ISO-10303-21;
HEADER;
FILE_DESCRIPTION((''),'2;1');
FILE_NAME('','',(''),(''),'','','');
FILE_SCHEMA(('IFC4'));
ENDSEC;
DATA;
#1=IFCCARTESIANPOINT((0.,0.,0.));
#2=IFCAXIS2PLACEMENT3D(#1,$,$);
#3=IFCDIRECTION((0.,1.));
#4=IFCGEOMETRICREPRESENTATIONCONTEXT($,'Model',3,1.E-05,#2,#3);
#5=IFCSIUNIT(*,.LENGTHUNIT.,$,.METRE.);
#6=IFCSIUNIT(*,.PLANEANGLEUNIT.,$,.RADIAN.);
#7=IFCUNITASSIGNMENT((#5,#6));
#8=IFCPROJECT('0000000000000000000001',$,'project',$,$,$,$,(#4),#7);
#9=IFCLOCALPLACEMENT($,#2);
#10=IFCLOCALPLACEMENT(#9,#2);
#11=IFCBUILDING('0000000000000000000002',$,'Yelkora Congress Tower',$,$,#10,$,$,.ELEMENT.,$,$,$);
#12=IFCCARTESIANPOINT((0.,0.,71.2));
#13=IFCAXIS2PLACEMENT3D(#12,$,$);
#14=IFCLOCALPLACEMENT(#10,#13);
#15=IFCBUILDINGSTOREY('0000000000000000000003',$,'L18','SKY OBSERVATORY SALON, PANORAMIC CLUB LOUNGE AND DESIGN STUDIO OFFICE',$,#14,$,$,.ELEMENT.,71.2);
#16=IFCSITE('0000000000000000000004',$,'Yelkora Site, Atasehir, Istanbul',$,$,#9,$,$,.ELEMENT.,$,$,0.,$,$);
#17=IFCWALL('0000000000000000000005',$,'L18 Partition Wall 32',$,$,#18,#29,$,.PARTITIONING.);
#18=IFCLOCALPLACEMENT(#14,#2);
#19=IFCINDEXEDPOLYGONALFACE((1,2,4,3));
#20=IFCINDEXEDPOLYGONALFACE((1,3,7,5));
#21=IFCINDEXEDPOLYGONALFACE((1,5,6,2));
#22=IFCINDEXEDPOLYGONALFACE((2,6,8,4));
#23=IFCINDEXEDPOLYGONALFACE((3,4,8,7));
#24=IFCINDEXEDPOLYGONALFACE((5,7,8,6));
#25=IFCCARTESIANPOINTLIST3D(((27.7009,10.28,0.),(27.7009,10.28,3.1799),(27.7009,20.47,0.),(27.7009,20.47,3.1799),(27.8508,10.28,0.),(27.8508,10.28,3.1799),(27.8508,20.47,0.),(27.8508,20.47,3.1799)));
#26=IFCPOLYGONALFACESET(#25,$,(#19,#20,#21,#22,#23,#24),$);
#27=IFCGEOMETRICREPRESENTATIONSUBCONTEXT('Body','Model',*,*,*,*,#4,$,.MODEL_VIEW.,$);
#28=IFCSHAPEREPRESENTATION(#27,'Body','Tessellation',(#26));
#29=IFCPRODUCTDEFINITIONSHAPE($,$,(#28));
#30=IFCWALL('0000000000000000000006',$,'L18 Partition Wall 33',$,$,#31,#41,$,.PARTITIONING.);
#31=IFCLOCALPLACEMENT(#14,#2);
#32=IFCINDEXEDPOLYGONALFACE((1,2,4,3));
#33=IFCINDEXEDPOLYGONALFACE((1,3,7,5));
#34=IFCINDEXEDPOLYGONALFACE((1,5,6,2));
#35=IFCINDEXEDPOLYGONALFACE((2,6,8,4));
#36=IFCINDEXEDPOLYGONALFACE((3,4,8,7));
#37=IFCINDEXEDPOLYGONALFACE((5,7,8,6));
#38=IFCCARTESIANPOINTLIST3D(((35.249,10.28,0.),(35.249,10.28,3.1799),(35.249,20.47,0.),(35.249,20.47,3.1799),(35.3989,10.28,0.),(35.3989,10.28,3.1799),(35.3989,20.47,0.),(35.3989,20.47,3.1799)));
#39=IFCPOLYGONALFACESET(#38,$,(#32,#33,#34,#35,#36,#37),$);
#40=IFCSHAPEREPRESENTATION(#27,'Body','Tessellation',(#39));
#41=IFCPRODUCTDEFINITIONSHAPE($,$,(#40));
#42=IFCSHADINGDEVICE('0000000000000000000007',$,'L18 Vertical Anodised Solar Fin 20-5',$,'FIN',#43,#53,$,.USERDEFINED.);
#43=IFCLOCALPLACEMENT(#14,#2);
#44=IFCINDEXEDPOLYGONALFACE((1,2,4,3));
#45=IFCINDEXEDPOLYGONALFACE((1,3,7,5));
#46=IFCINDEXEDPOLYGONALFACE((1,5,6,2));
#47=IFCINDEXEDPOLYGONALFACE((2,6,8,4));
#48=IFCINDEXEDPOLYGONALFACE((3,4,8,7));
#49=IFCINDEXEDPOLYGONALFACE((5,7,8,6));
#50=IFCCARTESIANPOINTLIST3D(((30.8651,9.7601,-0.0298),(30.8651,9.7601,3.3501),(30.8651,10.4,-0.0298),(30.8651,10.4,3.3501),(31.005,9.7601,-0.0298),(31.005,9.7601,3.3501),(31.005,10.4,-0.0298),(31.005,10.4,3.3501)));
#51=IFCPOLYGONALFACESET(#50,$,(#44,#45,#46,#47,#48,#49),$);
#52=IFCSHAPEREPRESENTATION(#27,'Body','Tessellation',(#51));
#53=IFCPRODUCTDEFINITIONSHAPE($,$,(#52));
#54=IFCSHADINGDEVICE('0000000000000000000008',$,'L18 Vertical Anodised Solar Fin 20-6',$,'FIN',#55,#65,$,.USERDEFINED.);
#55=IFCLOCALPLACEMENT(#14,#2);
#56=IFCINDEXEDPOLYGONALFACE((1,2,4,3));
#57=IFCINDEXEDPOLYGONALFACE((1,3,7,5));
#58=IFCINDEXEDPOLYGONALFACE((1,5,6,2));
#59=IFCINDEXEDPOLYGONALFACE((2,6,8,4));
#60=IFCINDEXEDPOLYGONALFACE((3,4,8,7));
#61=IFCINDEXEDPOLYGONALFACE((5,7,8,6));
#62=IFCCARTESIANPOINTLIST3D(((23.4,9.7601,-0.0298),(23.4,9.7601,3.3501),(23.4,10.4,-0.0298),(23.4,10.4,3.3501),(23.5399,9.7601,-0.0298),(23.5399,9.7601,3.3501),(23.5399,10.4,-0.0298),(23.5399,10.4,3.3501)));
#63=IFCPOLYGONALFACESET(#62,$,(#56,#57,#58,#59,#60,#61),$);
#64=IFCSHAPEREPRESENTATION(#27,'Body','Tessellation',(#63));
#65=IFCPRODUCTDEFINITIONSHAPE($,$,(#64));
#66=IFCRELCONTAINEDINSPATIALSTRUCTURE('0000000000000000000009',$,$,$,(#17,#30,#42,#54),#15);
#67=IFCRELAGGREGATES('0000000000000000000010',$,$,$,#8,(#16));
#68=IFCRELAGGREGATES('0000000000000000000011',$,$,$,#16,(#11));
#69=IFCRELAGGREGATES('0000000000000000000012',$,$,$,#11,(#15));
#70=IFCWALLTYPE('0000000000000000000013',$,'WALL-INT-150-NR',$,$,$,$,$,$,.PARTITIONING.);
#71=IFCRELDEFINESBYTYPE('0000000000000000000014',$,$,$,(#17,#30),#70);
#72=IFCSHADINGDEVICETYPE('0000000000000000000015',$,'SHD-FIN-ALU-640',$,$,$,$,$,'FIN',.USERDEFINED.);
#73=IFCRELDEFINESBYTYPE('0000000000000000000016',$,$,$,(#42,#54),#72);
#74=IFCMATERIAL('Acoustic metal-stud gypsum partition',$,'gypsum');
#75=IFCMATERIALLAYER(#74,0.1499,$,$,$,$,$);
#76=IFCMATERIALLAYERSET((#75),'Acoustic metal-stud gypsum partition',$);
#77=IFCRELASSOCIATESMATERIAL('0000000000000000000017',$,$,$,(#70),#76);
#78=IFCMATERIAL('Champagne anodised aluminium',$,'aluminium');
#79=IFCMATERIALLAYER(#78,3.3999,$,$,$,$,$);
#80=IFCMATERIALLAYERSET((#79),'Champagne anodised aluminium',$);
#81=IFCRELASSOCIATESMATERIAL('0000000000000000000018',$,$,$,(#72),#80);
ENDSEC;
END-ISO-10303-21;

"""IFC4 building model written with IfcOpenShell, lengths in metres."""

from ifc_helpers import new_model, si_unit, direction, frame, frame_2d, origin, origin_2d, place, context, subcontext, project, spatial, rectangle, extrude, material, layer, layer_set, type_object, element, save


model = new_model("IFC4")

# Units and contexts
model_context = context("Model", 3, precision=1e-05, world=origin(), true_north=direction((0.0, 1.0)))
body_context = subcontext(model_context, "Body", "Model", "MODEL_VIEW")
ifc_project = project(units=[si_unit("LENGTHUNIT", "METRE"), si_unit("PLANEANGLEUNIT", "RADIAN")], contexts=[model_context])

# Site, building, storey
site_placement = place(None, origin())
site = spatial("IfcSite", under=ifc_project, at=site_placement, Name="Yelkora Site, Atasehir, Istanbul", CompositionType="ELEMENT", RefElevation=0.0)
building_placement = place(site_placement, origin())
building = spatial("IfcBuilding", under=site, at=building_placement, Name="Yelkora Congress Tower", CompositionType="ELEMENT")
storey_placement = place(building_placement, frame((0.0, 0.0, 71.2)))
storey = spatial("IfcBuildingStorey", under=building, at=storey_placement, Name="L18", Description="SKY OBSERVATORY SALON, PANORAMIC CLUB LOUNGE AND DESIGN STUDIO OFFICE", CompositionType="ELEMENT", Elevation=71.2)

# Walls
ifc_material_1 = material(Name="Acoustic metal-stud gypsum partition", Category="gypsum")
ifc_layer_1 = layer(ifc_material_1, 0.1499)
ifc_layer_set_1 = layer_set([ifc_layer_1], Name="Acoustic metal-stud gypsum partition")
wall_type = type_object("IfcWallType", Name="WALL-INT-150-NR", PredefinedType="PARTITIONING", material=ifc_layer_set_1)
for number, where, z_axis, x_axis, name in (
    (1, (27.7759, 10.28, 0.0), (0.0, 0.0, 1.0), (0.0, 1.0, 0.0), "L18 Partition Wall 32"),
    (2, (35.324, 10.28, 0.0), (0.0, 0.0, 1.0), (0.0, 1.0, 0.0), "L18 Partition Wall 33"),
):
    element("IfcWall", number, at=place(storey_placement, frame(where, z_axis=z_axis, x_axis=x_axis)), inside=storey, type_object=wall_type, Name=name, PredefinedType="PARTITIONING", context=body_context, shape_type="SweptSolid", body=[
        extrude(rectangle(XDim=10.1899, YDim=0.1499, at=frame_2d((5.095, 0.0))), origin(), (0.0, 0.0, 1.0), 3.1799),
    ])

# Shading devices
ifc_material_2 = material(Name="Champagne anodised aluminium", Category="aluminium")
ifc_layer_2 = layer(ifc_material_2, 3.3999)
ifc_layer_set_2 = layer_set([ifc_layer_2], Name="Champagne anodised aluminium")
shading_device_type = type_object("IfcShadingDeviceType", Name="SHD-FIN-ALU-640", ElementType="FIN", PredefinedType="USERDEFINED", material=ifc_layer_set_2)
for number, where, z_axis, x_axis, name in (
    (3, (30.9351, 10.0801, -0.0298), (0.0, 0.0, 1.0), (-1.0, 0.0, 0.0), "L18 Vertical Anodised Solar Fin 20-5"),
    (4, (23.47, 10.0801, -0.0298), (0.0, 0.0, 1.0), (-1.0, 0.0, 0.0), "L18 Vertical Anodised Solar Fin 20-6"),
):
    element("IfcShadingDevice", number, at=place(storey_placement, frame(where, z_axis=z_axis, x_axis=x_axis)), inside=storey, type_object=shading_device_type, Name=name, ObjectType="FIN", PredefinedType="USERDEFINED", context=body_context, shape_type="SweptSolid", body=[
        extrude(rectangle(XDim=0.1399, YDim=0.6399, at=origin_2d()), origin(), (0.0, 0.0, 1.0), 3.3799),
    ])

save(model, "model.ifc")
